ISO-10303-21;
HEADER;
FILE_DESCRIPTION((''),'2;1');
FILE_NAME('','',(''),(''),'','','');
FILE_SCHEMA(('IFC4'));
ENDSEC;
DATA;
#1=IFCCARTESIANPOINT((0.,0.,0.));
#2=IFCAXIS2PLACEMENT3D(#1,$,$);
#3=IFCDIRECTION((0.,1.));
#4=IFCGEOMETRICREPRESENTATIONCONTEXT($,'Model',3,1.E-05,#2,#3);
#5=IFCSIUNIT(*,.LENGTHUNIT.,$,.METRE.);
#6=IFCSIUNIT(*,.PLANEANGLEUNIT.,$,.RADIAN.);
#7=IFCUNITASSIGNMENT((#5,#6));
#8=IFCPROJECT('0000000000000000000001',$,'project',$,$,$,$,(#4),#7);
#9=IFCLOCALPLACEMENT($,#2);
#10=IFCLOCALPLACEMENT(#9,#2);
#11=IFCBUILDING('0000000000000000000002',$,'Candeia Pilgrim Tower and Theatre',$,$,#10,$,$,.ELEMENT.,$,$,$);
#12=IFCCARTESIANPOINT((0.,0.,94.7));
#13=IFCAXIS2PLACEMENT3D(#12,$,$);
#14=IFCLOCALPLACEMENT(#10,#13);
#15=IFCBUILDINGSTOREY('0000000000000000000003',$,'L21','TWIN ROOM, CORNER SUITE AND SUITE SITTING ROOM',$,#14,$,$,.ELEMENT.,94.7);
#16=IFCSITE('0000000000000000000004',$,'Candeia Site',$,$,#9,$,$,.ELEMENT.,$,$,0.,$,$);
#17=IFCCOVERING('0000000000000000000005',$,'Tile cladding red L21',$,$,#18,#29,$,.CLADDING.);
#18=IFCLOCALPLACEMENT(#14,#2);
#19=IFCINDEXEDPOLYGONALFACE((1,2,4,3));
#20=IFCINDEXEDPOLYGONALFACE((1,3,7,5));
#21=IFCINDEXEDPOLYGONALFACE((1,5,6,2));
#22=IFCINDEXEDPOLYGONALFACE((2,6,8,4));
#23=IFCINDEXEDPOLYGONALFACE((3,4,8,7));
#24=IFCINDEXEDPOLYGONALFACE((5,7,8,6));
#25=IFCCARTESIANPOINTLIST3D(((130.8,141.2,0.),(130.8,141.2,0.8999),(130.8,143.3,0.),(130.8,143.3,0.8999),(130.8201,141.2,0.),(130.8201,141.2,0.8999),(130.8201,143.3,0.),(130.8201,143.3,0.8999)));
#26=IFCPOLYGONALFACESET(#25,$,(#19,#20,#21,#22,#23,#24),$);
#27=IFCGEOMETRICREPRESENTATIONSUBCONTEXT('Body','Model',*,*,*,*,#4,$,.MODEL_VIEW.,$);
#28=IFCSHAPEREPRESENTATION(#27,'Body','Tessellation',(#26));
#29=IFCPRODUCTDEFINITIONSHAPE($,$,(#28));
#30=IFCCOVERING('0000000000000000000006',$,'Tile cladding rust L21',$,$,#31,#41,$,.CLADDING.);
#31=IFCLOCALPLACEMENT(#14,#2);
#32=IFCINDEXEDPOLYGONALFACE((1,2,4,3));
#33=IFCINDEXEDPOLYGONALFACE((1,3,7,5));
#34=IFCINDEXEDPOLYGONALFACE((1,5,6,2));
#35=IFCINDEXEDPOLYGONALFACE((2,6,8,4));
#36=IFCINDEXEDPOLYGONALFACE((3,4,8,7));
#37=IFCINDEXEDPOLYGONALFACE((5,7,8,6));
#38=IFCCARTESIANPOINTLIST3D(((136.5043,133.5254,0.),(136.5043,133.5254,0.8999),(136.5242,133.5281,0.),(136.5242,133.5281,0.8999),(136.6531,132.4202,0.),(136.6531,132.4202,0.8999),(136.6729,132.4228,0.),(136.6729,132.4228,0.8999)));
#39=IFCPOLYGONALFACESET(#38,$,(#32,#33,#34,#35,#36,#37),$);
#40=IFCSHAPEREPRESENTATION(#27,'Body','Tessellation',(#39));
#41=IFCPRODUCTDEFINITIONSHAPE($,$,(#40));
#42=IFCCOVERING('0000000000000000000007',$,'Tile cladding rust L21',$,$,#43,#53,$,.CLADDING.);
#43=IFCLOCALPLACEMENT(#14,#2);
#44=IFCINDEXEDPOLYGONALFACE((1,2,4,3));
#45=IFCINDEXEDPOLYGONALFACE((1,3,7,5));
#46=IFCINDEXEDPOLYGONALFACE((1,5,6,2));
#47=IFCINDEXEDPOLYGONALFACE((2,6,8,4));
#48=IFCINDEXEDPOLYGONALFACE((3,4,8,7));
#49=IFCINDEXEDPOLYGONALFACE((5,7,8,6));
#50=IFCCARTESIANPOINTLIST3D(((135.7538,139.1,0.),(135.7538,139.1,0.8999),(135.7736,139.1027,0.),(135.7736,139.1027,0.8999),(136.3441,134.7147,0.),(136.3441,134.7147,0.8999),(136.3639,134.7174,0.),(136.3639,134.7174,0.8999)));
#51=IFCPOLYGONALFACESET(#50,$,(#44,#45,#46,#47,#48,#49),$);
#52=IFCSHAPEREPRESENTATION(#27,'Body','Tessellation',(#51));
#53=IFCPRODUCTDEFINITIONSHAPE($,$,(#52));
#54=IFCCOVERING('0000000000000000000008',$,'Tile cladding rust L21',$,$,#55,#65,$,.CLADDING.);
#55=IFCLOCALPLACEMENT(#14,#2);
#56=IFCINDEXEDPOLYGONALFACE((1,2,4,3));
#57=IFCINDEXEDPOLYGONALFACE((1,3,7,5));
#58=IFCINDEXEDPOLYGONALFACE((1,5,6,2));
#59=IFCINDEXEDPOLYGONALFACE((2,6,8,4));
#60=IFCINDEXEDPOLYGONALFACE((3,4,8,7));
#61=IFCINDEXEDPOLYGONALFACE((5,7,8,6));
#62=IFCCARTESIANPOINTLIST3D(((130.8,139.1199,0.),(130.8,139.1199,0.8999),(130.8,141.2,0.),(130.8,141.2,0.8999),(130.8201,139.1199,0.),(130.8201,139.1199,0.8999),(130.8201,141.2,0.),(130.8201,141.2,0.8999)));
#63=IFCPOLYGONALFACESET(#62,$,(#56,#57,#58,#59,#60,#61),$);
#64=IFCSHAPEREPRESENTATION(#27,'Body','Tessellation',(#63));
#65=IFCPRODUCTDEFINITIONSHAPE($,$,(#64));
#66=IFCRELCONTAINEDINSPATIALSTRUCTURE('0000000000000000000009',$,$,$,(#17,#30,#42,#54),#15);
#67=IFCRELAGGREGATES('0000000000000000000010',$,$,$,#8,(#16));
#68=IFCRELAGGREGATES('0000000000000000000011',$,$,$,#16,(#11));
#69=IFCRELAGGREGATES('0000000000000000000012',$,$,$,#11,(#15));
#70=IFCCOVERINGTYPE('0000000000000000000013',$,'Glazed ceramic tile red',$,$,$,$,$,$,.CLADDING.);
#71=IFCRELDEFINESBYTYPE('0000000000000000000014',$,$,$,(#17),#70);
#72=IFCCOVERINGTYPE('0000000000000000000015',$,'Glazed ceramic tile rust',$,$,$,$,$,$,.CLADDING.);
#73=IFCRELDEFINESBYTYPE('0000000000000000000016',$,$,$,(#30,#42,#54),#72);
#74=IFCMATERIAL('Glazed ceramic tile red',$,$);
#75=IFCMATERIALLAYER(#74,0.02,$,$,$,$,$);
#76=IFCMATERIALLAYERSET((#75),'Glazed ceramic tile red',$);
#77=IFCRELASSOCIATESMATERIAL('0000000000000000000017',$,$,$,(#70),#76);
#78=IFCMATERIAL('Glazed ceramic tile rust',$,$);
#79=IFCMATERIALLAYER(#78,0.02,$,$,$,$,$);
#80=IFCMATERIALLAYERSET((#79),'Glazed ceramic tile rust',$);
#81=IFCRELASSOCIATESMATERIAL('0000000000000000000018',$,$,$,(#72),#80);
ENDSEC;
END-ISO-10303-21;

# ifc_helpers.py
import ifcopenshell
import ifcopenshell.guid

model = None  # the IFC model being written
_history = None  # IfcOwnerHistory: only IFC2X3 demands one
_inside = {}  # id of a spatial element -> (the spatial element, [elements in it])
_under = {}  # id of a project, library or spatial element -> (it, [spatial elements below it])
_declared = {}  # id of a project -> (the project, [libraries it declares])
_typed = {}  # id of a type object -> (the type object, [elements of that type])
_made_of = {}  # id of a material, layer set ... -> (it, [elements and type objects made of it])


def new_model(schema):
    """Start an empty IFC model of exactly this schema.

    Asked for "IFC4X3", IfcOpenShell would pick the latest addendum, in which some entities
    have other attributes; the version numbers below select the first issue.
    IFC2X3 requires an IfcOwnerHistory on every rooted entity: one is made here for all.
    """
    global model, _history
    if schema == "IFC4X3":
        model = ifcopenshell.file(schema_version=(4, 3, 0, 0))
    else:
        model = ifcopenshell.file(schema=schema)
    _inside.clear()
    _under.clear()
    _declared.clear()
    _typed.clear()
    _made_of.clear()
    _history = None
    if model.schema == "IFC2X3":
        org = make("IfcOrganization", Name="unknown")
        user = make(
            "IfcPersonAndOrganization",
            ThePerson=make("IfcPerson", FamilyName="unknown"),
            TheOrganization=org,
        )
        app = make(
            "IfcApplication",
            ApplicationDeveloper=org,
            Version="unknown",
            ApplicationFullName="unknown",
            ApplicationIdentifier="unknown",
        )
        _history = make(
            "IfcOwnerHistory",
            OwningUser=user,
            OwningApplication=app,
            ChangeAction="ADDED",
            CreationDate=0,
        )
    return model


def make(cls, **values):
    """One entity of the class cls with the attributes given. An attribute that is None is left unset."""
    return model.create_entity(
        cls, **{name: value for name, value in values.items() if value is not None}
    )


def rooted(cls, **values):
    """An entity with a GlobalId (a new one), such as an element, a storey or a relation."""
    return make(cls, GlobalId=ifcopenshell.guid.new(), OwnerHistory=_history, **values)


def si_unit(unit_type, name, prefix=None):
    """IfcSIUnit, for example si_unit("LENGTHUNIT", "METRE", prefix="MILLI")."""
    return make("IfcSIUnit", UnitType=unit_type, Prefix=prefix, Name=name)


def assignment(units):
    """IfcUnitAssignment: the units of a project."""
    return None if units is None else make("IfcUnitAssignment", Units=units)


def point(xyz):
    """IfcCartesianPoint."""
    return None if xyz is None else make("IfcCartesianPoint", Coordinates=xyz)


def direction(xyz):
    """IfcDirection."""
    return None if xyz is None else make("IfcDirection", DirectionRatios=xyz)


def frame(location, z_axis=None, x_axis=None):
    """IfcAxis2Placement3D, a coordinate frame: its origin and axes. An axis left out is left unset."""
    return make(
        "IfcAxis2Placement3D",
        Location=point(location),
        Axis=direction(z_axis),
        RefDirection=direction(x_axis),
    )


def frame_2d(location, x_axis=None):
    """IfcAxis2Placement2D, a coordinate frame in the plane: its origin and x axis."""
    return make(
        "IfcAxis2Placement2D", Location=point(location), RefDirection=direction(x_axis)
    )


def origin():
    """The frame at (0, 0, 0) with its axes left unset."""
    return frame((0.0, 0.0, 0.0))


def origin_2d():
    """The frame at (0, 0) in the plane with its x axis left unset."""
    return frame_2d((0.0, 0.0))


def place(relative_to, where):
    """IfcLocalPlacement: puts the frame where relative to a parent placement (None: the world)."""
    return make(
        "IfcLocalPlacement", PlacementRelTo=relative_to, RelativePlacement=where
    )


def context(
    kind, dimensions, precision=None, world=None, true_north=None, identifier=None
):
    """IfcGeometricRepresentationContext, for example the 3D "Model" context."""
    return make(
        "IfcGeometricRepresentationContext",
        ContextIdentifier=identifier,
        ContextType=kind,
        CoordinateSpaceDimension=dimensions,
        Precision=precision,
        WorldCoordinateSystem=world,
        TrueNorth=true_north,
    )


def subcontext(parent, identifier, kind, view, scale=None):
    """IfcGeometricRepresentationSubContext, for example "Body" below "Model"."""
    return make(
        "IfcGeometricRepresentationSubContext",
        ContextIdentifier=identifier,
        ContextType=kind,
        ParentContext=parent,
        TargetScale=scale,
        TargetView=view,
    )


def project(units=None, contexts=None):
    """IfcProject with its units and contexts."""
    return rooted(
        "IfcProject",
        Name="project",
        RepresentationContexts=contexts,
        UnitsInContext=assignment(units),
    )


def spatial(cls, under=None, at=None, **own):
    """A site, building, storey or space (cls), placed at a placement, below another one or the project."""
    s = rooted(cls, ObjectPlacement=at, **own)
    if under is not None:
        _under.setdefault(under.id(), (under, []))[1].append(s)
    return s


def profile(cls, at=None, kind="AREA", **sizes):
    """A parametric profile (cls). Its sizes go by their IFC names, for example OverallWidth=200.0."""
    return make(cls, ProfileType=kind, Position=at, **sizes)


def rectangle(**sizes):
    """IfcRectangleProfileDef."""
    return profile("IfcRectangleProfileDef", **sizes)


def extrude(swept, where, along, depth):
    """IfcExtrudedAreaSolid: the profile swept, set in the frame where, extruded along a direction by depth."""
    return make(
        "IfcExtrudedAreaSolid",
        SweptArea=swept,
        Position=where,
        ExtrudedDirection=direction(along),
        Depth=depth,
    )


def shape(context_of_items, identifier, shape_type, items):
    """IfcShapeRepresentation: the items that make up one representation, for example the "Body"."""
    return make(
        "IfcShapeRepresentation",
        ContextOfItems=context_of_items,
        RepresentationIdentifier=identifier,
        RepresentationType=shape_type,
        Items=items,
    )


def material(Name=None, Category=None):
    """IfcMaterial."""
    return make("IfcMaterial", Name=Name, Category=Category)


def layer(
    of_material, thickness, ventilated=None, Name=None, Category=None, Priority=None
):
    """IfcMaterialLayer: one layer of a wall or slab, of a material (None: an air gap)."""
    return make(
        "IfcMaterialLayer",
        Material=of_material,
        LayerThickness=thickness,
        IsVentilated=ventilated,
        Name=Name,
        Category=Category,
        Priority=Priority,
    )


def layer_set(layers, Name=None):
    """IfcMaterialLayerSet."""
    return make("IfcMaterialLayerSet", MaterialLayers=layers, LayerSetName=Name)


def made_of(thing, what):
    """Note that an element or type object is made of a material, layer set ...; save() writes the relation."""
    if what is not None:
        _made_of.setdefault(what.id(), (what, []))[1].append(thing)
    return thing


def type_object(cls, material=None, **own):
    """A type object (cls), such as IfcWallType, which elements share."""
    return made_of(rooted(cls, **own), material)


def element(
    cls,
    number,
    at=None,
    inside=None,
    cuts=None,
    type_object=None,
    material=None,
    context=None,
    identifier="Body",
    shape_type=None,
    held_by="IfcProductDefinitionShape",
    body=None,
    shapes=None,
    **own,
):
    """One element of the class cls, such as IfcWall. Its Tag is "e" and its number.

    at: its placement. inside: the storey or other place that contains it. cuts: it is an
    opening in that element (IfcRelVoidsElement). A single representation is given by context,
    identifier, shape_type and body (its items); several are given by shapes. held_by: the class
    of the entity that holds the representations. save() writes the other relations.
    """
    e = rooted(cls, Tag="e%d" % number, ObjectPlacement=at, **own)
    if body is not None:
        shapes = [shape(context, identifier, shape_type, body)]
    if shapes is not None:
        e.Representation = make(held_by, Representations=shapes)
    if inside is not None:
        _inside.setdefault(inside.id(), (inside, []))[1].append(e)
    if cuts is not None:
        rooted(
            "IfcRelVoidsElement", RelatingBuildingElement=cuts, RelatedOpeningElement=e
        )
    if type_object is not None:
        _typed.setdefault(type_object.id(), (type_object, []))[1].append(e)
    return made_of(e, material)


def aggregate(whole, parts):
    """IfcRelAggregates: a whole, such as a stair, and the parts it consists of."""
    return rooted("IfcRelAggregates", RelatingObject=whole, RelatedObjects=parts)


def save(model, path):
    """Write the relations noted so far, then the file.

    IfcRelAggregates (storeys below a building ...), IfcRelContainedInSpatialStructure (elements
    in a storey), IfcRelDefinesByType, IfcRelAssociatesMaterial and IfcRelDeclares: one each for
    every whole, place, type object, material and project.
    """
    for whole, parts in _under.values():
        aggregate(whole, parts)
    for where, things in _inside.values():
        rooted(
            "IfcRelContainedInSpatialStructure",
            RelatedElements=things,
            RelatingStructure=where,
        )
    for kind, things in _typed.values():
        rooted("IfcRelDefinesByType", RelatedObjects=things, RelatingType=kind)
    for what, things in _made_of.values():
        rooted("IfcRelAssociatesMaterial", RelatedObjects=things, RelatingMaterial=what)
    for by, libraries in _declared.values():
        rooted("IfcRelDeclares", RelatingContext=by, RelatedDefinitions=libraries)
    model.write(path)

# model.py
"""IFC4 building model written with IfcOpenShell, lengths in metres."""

from ifc_helpers import new_model, si_unit, direction, frame, origin, origin_2d, place, context, subcontext, project, spatial, rectangle, extrude, material, layer, layer_set, type_object, element, save


model = new_model("IFC4")

# Units and contexts
model_context = context("Model", 3, precision=1e-05, world=origin(), true_north=direction((0.0, 1.0)))
body_context = subcontext(model_context, "Body", "Model", "MODEL_VIEW")
ifc_project = project(units=[si_unit("LENGTHUNIT", "METRE"), si_unit("PLANEANGLEUNIT", "RADIAN")], contexts=[model_context])

# Site, building, storey
site_placement = place(None, origin())
site = spatial("IfcSite", under=ifc_project, at=site_placement, Name="Candeia Site", CompositionType="ELEMENT", RefElevation=0.0)
building_placement = place(site_placement, origin())
building = spatial("IfcBuilding", under=site, at=building_placement, Name="Candeia Pilgrim Tower and Theatre", CompositionType="ELEMENT")
storey_placement = place(building_placement, frame((0.0, 0.0, 94.7)))
storey = spatial("IfcBuildingStorey", under=building, at=storey_placement, Name="L21", Description="TWIN ROOM, CORNER SUITE AND SUITE SITTING ROOM", CompositionType="ELEMENT", Elevation=94.7)

# Coverings
ifc_material_1 = material(Name="Glazed ceramic tile red")
ifc_layer_1 = layer(ifc_material_1, 0.02)
ifc_layer_set_1 = layer_set([ifc_layer_1], Name="Glazed ceramic tile red")
covering_type_1 = type_object("IfcCoveringType", Name="Glazed ceramic tile red", PredefinedType="CLADDING", material=ifc_layer_set_1)
covering_1_placement = place(storey_placement, frame((130.8101, 142.25, 0.0), z_axis=(0.0, 0.0, 1.0), x_axis=(0.0, 1.0, 0.0)))
element("IfcCovering", 1, at=covering_1_placement, inside=storey, type_object=covering_type_1, Name="Tile cladding red L21", PredefinedType="CLADDING", context=body_context, shape_type="SweptSolid", body=[
    extrude(rectangle(XDim=2.1001, YDim=0.02, at=origin_2d()), origin(), (0.0, 0.0, 1.0), 0.8999),
])
ifc_material_2 = material(Name="Glazed ceramic tile rust")
ifc_layer_2 = layer(ifc_material_2, 0.02)
ifc_layer_set_2 = layer_set([ifc_layer_2], Name="Glazed ceramic tile rust")
covering_type_2 = type_object("IfcCoveringType", Name="Glazed ceramic tile rust", PredefinedType="CLADDING", material=ifc_layer_set_2)
covering_2_placement = place(storey_placement, frame((136.5886, 132.9741, 0.0), z_axis=(0.0, 0.0, 1.0), x_axis=(-0.133412, 0.991061, 0.0)))
element("IfcCovering", 2, at=covering_2_placement, inside=storey, type_object=covering_type_2, Name="Tile cladding rust L21", PredefinedType="CLADDING", context=body_context, shape_type="SweptSolid", body=[
    extrude(rectangle(XDim=1.1152, YDim=0.02, at=origin_2d()), origin(), (0.0, 0.0, 1.0), 0.8999),
])
covering_3_placement = place(storey_placement, frame((136.0588, 136.9087, 0.0), z_axis=(0.0, 0.0, 1.0), x_axis=(-0.133412, 0.991061, 0.0)))
element("IfcCovering", 3, at=covering_3_placement, inside=storey, type_object=covering_type_2, Name="Tile cladding rust L21", PredefinedType="CLADDING", context=body_context, shape_type="SweptSolid", body=[
    extrude(rectangle(XDim=4.4248, YDim=0.02, at=origin_2d()), origin(), (0.0, 0.0, 1.0), 0.8999),
])
covering_4_placement = place(storey_placement, frame((130.8101, 140.1599, 0.0), z_axis=(0.0, 0.0, 1.0), x_axis=(0.0, 1.0, 0.0)))
element("IfcCovering", 4, at=covering_4_placement, inside=storey, type_object=covering_type_2, Name="Tile cladding rust L21", PredefinedType="CLADDING", context=body_context, shape_type="SweptSolid", body=[
    extrude(rectangle(XDim=2.0801, YDim=0.02, at=origin_2d()), origin(), (0.0, 0.0, 1.0), 0.8999),
])

save(model, "model.ifc")
